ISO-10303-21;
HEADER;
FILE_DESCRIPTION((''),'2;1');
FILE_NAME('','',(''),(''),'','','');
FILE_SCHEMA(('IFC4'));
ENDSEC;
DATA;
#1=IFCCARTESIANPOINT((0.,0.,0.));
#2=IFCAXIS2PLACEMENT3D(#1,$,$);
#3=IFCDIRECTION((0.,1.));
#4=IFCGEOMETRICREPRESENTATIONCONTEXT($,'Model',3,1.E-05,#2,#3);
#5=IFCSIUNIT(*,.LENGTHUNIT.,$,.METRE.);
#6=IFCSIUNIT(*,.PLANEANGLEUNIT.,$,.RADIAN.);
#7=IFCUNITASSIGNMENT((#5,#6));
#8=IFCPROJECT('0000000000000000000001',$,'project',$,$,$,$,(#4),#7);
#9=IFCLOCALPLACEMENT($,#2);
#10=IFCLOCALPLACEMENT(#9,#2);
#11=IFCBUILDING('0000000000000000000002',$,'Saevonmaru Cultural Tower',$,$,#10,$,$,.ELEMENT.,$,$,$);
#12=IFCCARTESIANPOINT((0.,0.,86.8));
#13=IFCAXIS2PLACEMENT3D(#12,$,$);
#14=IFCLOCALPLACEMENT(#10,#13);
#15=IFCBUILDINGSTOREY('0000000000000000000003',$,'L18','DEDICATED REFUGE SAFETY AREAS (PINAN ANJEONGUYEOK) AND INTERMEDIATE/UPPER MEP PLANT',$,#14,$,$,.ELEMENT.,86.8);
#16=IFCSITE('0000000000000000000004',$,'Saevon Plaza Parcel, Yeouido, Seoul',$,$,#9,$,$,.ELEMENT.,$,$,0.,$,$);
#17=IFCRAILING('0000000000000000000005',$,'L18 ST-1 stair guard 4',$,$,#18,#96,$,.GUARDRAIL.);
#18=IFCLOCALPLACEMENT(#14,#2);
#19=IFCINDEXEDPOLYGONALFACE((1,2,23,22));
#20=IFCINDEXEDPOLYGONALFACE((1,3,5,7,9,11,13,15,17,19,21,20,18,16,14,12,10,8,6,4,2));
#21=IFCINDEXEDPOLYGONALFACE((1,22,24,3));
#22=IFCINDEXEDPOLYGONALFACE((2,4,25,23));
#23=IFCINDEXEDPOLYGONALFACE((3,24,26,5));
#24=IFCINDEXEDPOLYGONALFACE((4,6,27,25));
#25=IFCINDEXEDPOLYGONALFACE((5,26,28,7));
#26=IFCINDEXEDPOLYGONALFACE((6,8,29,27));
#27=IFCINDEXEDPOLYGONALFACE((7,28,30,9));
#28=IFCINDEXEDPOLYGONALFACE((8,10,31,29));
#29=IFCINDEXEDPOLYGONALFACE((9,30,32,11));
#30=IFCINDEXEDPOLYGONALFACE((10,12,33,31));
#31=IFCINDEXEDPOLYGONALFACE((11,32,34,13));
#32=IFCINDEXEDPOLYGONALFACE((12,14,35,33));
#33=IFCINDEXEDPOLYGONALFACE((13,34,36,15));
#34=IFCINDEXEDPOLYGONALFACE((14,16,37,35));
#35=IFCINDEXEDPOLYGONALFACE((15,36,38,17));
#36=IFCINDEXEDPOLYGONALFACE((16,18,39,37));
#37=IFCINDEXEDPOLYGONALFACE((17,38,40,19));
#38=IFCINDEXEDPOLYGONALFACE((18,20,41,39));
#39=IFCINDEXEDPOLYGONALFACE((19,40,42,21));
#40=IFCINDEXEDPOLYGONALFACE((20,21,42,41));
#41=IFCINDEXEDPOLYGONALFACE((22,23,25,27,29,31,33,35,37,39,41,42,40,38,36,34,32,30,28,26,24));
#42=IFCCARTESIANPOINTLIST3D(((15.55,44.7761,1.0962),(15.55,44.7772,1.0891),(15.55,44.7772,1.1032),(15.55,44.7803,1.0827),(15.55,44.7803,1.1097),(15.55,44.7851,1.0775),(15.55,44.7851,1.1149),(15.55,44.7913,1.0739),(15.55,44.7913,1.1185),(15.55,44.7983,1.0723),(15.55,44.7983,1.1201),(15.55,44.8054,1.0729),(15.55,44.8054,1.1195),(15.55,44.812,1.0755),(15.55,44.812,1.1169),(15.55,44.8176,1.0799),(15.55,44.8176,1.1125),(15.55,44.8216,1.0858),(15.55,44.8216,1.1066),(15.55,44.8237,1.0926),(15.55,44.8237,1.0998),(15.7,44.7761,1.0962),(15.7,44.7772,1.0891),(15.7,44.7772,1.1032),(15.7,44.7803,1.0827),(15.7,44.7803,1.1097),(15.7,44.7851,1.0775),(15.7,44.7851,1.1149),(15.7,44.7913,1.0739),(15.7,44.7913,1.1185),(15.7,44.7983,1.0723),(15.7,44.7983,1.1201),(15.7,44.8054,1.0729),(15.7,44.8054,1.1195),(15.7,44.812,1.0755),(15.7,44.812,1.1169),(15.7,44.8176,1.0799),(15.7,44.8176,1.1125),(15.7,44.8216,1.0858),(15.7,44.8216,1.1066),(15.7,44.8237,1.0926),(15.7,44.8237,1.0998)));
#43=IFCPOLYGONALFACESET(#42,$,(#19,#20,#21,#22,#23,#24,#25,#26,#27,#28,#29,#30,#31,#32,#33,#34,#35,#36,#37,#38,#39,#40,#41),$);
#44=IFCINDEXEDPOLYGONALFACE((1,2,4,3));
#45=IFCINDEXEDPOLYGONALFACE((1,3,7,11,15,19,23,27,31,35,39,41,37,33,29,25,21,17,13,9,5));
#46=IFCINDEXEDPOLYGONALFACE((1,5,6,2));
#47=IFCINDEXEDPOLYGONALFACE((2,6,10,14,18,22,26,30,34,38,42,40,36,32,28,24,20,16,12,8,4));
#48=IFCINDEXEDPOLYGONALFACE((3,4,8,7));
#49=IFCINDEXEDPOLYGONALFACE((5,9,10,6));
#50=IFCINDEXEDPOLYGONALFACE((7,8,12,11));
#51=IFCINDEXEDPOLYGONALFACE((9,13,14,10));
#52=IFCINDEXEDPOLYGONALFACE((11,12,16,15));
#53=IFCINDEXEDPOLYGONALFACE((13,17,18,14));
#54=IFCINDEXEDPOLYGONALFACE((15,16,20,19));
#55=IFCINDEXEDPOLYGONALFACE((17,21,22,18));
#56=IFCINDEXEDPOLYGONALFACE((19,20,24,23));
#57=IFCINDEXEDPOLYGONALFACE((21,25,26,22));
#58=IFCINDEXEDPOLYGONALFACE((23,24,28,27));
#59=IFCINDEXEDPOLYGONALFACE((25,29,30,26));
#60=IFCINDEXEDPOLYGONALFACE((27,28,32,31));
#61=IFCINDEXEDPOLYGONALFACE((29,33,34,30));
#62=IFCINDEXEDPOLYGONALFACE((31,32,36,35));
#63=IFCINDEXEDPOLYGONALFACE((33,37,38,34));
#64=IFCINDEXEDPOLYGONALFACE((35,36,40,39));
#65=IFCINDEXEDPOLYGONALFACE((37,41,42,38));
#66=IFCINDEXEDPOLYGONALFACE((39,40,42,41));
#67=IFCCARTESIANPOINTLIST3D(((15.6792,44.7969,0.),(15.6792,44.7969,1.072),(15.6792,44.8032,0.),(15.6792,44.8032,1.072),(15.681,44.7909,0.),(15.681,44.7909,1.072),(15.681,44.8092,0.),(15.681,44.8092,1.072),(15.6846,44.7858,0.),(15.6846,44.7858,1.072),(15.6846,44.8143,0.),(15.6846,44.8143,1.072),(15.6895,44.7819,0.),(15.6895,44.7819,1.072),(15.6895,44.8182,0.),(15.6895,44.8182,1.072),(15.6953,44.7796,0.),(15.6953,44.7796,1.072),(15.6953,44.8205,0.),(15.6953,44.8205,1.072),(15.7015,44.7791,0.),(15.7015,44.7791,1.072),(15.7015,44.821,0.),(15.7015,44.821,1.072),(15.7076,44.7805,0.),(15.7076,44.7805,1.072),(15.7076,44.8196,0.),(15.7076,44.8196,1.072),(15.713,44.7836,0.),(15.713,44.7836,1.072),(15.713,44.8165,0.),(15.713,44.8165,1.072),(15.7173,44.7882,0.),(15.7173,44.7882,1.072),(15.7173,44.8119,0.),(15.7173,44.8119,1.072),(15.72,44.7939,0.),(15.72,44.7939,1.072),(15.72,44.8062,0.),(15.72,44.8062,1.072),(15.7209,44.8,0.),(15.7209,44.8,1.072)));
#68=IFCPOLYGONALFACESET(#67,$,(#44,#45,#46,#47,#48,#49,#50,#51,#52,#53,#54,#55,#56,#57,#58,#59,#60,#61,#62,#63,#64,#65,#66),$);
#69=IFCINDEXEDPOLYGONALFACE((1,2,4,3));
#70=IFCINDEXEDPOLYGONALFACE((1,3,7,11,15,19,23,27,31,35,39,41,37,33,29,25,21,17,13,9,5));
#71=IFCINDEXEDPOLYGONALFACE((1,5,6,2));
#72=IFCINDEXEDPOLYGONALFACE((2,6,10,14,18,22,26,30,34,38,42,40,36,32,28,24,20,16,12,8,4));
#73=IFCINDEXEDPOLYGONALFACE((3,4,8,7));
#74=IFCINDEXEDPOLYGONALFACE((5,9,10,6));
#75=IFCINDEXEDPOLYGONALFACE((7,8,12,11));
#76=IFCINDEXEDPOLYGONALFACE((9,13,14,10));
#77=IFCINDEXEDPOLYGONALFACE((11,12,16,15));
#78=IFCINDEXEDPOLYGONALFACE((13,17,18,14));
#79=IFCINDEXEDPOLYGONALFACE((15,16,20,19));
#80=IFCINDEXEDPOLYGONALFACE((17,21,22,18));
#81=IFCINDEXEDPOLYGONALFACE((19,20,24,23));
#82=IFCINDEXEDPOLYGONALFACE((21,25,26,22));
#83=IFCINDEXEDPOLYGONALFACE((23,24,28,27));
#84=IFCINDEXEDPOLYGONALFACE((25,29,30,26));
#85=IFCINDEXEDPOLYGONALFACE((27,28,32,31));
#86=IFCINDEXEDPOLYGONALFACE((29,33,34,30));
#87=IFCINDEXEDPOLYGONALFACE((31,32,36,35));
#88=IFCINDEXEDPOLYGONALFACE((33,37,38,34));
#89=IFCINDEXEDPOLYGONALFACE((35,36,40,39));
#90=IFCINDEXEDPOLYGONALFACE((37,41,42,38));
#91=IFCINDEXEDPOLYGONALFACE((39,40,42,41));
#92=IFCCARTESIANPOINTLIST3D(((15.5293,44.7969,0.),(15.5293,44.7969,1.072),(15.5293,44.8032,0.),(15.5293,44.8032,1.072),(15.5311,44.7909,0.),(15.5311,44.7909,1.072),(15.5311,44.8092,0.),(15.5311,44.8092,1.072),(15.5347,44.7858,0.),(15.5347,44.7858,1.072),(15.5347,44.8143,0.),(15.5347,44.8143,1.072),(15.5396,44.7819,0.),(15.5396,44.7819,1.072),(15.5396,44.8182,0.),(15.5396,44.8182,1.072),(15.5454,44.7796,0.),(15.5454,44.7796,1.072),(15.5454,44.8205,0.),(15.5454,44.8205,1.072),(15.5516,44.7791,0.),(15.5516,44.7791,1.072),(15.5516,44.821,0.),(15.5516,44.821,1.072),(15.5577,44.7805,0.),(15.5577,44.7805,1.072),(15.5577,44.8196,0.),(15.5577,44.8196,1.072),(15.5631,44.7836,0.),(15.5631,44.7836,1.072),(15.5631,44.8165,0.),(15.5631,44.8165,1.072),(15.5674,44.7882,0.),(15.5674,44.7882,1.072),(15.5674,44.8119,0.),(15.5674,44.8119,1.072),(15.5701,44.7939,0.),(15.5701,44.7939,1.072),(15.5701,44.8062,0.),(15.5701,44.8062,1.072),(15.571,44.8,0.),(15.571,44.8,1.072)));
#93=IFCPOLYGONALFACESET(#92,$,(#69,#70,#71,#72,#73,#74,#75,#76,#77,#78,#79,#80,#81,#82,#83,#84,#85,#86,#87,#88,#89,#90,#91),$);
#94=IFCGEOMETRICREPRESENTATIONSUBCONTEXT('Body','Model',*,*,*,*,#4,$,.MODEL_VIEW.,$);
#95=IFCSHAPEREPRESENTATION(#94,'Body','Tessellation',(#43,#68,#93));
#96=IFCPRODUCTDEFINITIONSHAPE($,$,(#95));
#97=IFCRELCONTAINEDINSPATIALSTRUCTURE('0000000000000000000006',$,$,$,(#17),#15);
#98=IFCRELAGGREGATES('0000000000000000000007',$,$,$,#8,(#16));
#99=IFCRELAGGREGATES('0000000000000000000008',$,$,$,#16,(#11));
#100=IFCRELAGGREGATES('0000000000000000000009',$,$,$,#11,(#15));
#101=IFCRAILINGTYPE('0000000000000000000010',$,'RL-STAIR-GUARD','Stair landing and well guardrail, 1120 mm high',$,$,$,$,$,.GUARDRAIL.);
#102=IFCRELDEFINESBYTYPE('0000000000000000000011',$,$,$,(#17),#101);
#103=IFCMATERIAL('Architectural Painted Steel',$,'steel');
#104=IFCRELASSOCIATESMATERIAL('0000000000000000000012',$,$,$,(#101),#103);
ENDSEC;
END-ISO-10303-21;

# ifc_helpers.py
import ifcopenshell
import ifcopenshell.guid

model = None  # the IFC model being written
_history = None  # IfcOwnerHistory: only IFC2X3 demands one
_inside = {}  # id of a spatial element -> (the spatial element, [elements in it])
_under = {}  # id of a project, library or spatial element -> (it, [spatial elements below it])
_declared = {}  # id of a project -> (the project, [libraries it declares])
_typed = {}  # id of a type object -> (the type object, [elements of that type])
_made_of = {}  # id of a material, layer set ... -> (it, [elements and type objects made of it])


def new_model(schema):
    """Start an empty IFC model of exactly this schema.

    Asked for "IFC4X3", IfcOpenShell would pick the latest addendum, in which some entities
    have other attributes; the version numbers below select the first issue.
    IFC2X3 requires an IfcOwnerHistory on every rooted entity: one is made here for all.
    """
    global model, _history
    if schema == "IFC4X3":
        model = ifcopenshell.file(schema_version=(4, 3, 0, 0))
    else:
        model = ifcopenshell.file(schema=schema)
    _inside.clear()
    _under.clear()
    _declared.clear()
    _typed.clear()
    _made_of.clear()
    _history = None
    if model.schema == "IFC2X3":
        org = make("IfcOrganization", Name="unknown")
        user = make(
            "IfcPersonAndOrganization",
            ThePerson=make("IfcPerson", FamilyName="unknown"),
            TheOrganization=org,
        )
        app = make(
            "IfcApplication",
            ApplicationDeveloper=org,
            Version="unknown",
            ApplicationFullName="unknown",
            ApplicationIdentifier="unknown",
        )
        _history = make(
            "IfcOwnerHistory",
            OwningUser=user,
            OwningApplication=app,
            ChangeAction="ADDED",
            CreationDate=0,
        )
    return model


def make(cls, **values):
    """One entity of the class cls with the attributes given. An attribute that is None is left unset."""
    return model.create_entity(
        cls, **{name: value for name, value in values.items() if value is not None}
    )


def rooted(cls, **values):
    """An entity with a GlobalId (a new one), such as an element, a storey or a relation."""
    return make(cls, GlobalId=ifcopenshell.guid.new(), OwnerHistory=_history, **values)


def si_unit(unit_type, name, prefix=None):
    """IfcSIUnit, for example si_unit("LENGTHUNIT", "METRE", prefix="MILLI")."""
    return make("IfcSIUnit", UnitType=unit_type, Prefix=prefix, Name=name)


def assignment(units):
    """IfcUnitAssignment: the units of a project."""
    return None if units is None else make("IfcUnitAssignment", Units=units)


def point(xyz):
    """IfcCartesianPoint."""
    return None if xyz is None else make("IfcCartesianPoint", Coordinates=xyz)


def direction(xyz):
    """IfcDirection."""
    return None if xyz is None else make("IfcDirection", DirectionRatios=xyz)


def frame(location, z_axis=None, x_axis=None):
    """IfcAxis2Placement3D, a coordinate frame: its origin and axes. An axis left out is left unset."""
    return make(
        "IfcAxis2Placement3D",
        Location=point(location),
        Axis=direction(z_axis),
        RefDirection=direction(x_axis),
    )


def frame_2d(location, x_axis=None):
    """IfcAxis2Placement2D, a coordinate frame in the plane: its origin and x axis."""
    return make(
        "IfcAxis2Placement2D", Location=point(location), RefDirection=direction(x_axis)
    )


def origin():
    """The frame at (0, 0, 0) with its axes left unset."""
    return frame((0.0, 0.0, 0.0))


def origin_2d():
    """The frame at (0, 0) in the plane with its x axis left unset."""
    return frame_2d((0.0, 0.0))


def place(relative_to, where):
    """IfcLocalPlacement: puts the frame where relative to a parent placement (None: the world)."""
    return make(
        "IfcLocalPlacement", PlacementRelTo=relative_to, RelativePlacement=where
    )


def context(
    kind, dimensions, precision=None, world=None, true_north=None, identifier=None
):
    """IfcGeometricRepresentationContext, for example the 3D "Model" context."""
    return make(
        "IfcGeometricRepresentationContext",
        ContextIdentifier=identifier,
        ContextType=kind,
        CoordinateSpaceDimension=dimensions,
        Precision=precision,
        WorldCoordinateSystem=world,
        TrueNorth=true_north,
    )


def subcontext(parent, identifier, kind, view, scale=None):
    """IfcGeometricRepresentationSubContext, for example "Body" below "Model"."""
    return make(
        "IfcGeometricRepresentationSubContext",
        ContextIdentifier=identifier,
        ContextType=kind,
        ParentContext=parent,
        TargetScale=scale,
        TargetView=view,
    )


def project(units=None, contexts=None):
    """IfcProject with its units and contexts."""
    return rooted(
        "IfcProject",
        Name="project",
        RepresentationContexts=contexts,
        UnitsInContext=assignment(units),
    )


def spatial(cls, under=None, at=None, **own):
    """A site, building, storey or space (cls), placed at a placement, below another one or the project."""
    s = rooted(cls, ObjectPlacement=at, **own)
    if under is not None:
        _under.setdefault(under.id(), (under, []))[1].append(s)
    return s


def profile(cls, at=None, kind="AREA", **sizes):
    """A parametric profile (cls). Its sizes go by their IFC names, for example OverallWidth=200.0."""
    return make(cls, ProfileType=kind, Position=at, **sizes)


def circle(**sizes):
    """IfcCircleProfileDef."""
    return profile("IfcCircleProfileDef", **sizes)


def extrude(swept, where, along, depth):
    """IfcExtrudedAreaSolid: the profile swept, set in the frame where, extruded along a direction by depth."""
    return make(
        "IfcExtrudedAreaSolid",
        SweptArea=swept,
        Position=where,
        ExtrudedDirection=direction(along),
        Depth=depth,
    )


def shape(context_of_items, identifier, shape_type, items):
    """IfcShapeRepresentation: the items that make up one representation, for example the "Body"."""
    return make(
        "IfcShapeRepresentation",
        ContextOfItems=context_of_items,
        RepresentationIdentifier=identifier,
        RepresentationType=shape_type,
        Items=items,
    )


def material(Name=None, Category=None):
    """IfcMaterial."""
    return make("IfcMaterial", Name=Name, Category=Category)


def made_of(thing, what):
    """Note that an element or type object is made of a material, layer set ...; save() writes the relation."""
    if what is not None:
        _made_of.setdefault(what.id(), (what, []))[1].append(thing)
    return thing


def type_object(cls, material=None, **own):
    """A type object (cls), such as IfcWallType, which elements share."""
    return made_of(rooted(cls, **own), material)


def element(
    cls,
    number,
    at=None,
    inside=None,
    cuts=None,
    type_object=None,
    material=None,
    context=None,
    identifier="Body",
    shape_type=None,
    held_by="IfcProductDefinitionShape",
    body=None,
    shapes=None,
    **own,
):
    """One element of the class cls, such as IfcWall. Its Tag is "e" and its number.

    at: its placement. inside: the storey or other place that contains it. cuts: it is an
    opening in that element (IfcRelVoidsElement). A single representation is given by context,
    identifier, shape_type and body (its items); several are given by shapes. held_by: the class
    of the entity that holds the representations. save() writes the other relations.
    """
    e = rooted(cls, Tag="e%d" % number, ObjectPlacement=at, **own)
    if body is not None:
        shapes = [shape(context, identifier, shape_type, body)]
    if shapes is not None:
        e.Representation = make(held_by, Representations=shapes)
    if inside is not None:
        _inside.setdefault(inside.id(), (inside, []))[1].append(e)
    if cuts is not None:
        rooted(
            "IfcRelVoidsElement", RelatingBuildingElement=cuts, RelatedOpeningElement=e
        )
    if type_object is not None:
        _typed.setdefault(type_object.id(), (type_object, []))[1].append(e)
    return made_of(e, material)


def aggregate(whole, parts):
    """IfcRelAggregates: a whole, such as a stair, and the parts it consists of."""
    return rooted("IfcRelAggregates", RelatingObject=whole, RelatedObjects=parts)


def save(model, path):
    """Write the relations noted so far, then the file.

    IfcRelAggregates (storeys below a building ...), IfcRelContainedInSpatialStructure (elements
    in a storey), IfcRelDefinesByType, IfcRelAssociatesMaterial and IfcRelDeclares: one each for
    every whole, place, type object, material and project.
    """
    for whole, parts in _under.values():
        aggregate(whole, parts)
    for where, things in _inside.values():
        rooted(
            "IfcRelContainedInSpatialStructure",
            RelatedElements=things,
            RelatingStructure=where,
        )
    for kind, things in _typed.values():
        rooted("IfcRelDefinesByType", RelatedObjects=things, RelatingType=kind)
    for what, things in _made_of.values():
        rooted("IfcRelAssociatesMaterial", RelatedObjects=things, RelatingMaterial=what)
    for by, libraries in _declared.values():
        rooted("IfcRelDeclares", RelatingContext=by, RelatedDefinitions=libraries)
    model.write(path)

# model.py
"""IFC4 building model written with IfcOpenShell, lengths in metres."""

from ifc_helpers import new_model, si_unit, direction, frame, origin, origin_2d, place, context, subcontext, project, spatial, circle, extrude, material, type_object, element, save


model = new_model("IFC4")

# Units and contexts
model_context = context("Model", 3, precision=1e-05, world=origin(), true_north=direction((0.0, 1.0)))
body_context = subcontext(model_context, "Body", "Model", "MODEL_VIEW")
ifc_project = project(units=[si_unit("LENGTHUNIT", "METRE"), si_unit("PLANEANGLEUNIT", "RADIAN")], contexts=[model_context])

# Site, building, storey
site_placement = place(None, origin())
site = spatial("IfcSite", under=ifc_project, at=site_placement, Name="Saevon Plaza Parcel, Yeouido, Seoul", CompositionType="ELEMENT", RefElevation=0.0)
building_placement = place(site_placement, origin())
building = spatial("IfcBuilding", under=site, at=building_placement, Name="Saevonmaru Cultural Tower", CompositionType="ELEMENT")
storey_placement = place(building_placement, frame((0.0, 0.0, 86.8)))
storey = spatial("IfcBuildingStorey", under=building, at=storey_placement, Name="L18", Description="DEDICATED REFUGE SAFETY AREAS (PINAN ANJEONGUYEOK) AND INTERMEDIATE/UPPER MEP PLANT", CompositionType="ELEMENT", Elevation=86.8)

# Railing
ifc_material_1 = material(Name="Architectural Painted Steel", Category="steel")
railing_type_1 = type_object("IfcRailingType", Name="RL-STAIR-GUARD", Description="Stair landing and well guardrail, 1120 mm high", PredefinedType="GUARDRAIL", material=ifc_material_1)
railing_1_placement = place(storey_placement, frame((15.7, 44.8, 0.0)))
element("IfcRailing", 1, at=railing_1_placement, inside=storey, type_object=railing_type_1, Name="L18 ST-1 stair guard 4", PredefinedType="GUARDRAIL", context=body_context, shape_type="SweptSolid", body=[
    extrude(circle(Radius=0.0239, at=origin_2d()), frame((0.0, 0.0, 1.0962), z_axis=(-1.0, 0.0, 0.0), x_axis=(0.0, -1.0, 0.0)), (0.0, 0.0, 1.0), 0.1499),
    extrude(circle(Radius=0.021, at=origin_2d()), origin(), (0.0, 0.0, 1.0), 1.072),
    extrude(circle(Radius=0.021, at=origin_2d()), frame((-0.1499, 0.0, 0.0)), (0.0, 0.0, 1.0), 1.072),
])

save(model, "model.ifc")
